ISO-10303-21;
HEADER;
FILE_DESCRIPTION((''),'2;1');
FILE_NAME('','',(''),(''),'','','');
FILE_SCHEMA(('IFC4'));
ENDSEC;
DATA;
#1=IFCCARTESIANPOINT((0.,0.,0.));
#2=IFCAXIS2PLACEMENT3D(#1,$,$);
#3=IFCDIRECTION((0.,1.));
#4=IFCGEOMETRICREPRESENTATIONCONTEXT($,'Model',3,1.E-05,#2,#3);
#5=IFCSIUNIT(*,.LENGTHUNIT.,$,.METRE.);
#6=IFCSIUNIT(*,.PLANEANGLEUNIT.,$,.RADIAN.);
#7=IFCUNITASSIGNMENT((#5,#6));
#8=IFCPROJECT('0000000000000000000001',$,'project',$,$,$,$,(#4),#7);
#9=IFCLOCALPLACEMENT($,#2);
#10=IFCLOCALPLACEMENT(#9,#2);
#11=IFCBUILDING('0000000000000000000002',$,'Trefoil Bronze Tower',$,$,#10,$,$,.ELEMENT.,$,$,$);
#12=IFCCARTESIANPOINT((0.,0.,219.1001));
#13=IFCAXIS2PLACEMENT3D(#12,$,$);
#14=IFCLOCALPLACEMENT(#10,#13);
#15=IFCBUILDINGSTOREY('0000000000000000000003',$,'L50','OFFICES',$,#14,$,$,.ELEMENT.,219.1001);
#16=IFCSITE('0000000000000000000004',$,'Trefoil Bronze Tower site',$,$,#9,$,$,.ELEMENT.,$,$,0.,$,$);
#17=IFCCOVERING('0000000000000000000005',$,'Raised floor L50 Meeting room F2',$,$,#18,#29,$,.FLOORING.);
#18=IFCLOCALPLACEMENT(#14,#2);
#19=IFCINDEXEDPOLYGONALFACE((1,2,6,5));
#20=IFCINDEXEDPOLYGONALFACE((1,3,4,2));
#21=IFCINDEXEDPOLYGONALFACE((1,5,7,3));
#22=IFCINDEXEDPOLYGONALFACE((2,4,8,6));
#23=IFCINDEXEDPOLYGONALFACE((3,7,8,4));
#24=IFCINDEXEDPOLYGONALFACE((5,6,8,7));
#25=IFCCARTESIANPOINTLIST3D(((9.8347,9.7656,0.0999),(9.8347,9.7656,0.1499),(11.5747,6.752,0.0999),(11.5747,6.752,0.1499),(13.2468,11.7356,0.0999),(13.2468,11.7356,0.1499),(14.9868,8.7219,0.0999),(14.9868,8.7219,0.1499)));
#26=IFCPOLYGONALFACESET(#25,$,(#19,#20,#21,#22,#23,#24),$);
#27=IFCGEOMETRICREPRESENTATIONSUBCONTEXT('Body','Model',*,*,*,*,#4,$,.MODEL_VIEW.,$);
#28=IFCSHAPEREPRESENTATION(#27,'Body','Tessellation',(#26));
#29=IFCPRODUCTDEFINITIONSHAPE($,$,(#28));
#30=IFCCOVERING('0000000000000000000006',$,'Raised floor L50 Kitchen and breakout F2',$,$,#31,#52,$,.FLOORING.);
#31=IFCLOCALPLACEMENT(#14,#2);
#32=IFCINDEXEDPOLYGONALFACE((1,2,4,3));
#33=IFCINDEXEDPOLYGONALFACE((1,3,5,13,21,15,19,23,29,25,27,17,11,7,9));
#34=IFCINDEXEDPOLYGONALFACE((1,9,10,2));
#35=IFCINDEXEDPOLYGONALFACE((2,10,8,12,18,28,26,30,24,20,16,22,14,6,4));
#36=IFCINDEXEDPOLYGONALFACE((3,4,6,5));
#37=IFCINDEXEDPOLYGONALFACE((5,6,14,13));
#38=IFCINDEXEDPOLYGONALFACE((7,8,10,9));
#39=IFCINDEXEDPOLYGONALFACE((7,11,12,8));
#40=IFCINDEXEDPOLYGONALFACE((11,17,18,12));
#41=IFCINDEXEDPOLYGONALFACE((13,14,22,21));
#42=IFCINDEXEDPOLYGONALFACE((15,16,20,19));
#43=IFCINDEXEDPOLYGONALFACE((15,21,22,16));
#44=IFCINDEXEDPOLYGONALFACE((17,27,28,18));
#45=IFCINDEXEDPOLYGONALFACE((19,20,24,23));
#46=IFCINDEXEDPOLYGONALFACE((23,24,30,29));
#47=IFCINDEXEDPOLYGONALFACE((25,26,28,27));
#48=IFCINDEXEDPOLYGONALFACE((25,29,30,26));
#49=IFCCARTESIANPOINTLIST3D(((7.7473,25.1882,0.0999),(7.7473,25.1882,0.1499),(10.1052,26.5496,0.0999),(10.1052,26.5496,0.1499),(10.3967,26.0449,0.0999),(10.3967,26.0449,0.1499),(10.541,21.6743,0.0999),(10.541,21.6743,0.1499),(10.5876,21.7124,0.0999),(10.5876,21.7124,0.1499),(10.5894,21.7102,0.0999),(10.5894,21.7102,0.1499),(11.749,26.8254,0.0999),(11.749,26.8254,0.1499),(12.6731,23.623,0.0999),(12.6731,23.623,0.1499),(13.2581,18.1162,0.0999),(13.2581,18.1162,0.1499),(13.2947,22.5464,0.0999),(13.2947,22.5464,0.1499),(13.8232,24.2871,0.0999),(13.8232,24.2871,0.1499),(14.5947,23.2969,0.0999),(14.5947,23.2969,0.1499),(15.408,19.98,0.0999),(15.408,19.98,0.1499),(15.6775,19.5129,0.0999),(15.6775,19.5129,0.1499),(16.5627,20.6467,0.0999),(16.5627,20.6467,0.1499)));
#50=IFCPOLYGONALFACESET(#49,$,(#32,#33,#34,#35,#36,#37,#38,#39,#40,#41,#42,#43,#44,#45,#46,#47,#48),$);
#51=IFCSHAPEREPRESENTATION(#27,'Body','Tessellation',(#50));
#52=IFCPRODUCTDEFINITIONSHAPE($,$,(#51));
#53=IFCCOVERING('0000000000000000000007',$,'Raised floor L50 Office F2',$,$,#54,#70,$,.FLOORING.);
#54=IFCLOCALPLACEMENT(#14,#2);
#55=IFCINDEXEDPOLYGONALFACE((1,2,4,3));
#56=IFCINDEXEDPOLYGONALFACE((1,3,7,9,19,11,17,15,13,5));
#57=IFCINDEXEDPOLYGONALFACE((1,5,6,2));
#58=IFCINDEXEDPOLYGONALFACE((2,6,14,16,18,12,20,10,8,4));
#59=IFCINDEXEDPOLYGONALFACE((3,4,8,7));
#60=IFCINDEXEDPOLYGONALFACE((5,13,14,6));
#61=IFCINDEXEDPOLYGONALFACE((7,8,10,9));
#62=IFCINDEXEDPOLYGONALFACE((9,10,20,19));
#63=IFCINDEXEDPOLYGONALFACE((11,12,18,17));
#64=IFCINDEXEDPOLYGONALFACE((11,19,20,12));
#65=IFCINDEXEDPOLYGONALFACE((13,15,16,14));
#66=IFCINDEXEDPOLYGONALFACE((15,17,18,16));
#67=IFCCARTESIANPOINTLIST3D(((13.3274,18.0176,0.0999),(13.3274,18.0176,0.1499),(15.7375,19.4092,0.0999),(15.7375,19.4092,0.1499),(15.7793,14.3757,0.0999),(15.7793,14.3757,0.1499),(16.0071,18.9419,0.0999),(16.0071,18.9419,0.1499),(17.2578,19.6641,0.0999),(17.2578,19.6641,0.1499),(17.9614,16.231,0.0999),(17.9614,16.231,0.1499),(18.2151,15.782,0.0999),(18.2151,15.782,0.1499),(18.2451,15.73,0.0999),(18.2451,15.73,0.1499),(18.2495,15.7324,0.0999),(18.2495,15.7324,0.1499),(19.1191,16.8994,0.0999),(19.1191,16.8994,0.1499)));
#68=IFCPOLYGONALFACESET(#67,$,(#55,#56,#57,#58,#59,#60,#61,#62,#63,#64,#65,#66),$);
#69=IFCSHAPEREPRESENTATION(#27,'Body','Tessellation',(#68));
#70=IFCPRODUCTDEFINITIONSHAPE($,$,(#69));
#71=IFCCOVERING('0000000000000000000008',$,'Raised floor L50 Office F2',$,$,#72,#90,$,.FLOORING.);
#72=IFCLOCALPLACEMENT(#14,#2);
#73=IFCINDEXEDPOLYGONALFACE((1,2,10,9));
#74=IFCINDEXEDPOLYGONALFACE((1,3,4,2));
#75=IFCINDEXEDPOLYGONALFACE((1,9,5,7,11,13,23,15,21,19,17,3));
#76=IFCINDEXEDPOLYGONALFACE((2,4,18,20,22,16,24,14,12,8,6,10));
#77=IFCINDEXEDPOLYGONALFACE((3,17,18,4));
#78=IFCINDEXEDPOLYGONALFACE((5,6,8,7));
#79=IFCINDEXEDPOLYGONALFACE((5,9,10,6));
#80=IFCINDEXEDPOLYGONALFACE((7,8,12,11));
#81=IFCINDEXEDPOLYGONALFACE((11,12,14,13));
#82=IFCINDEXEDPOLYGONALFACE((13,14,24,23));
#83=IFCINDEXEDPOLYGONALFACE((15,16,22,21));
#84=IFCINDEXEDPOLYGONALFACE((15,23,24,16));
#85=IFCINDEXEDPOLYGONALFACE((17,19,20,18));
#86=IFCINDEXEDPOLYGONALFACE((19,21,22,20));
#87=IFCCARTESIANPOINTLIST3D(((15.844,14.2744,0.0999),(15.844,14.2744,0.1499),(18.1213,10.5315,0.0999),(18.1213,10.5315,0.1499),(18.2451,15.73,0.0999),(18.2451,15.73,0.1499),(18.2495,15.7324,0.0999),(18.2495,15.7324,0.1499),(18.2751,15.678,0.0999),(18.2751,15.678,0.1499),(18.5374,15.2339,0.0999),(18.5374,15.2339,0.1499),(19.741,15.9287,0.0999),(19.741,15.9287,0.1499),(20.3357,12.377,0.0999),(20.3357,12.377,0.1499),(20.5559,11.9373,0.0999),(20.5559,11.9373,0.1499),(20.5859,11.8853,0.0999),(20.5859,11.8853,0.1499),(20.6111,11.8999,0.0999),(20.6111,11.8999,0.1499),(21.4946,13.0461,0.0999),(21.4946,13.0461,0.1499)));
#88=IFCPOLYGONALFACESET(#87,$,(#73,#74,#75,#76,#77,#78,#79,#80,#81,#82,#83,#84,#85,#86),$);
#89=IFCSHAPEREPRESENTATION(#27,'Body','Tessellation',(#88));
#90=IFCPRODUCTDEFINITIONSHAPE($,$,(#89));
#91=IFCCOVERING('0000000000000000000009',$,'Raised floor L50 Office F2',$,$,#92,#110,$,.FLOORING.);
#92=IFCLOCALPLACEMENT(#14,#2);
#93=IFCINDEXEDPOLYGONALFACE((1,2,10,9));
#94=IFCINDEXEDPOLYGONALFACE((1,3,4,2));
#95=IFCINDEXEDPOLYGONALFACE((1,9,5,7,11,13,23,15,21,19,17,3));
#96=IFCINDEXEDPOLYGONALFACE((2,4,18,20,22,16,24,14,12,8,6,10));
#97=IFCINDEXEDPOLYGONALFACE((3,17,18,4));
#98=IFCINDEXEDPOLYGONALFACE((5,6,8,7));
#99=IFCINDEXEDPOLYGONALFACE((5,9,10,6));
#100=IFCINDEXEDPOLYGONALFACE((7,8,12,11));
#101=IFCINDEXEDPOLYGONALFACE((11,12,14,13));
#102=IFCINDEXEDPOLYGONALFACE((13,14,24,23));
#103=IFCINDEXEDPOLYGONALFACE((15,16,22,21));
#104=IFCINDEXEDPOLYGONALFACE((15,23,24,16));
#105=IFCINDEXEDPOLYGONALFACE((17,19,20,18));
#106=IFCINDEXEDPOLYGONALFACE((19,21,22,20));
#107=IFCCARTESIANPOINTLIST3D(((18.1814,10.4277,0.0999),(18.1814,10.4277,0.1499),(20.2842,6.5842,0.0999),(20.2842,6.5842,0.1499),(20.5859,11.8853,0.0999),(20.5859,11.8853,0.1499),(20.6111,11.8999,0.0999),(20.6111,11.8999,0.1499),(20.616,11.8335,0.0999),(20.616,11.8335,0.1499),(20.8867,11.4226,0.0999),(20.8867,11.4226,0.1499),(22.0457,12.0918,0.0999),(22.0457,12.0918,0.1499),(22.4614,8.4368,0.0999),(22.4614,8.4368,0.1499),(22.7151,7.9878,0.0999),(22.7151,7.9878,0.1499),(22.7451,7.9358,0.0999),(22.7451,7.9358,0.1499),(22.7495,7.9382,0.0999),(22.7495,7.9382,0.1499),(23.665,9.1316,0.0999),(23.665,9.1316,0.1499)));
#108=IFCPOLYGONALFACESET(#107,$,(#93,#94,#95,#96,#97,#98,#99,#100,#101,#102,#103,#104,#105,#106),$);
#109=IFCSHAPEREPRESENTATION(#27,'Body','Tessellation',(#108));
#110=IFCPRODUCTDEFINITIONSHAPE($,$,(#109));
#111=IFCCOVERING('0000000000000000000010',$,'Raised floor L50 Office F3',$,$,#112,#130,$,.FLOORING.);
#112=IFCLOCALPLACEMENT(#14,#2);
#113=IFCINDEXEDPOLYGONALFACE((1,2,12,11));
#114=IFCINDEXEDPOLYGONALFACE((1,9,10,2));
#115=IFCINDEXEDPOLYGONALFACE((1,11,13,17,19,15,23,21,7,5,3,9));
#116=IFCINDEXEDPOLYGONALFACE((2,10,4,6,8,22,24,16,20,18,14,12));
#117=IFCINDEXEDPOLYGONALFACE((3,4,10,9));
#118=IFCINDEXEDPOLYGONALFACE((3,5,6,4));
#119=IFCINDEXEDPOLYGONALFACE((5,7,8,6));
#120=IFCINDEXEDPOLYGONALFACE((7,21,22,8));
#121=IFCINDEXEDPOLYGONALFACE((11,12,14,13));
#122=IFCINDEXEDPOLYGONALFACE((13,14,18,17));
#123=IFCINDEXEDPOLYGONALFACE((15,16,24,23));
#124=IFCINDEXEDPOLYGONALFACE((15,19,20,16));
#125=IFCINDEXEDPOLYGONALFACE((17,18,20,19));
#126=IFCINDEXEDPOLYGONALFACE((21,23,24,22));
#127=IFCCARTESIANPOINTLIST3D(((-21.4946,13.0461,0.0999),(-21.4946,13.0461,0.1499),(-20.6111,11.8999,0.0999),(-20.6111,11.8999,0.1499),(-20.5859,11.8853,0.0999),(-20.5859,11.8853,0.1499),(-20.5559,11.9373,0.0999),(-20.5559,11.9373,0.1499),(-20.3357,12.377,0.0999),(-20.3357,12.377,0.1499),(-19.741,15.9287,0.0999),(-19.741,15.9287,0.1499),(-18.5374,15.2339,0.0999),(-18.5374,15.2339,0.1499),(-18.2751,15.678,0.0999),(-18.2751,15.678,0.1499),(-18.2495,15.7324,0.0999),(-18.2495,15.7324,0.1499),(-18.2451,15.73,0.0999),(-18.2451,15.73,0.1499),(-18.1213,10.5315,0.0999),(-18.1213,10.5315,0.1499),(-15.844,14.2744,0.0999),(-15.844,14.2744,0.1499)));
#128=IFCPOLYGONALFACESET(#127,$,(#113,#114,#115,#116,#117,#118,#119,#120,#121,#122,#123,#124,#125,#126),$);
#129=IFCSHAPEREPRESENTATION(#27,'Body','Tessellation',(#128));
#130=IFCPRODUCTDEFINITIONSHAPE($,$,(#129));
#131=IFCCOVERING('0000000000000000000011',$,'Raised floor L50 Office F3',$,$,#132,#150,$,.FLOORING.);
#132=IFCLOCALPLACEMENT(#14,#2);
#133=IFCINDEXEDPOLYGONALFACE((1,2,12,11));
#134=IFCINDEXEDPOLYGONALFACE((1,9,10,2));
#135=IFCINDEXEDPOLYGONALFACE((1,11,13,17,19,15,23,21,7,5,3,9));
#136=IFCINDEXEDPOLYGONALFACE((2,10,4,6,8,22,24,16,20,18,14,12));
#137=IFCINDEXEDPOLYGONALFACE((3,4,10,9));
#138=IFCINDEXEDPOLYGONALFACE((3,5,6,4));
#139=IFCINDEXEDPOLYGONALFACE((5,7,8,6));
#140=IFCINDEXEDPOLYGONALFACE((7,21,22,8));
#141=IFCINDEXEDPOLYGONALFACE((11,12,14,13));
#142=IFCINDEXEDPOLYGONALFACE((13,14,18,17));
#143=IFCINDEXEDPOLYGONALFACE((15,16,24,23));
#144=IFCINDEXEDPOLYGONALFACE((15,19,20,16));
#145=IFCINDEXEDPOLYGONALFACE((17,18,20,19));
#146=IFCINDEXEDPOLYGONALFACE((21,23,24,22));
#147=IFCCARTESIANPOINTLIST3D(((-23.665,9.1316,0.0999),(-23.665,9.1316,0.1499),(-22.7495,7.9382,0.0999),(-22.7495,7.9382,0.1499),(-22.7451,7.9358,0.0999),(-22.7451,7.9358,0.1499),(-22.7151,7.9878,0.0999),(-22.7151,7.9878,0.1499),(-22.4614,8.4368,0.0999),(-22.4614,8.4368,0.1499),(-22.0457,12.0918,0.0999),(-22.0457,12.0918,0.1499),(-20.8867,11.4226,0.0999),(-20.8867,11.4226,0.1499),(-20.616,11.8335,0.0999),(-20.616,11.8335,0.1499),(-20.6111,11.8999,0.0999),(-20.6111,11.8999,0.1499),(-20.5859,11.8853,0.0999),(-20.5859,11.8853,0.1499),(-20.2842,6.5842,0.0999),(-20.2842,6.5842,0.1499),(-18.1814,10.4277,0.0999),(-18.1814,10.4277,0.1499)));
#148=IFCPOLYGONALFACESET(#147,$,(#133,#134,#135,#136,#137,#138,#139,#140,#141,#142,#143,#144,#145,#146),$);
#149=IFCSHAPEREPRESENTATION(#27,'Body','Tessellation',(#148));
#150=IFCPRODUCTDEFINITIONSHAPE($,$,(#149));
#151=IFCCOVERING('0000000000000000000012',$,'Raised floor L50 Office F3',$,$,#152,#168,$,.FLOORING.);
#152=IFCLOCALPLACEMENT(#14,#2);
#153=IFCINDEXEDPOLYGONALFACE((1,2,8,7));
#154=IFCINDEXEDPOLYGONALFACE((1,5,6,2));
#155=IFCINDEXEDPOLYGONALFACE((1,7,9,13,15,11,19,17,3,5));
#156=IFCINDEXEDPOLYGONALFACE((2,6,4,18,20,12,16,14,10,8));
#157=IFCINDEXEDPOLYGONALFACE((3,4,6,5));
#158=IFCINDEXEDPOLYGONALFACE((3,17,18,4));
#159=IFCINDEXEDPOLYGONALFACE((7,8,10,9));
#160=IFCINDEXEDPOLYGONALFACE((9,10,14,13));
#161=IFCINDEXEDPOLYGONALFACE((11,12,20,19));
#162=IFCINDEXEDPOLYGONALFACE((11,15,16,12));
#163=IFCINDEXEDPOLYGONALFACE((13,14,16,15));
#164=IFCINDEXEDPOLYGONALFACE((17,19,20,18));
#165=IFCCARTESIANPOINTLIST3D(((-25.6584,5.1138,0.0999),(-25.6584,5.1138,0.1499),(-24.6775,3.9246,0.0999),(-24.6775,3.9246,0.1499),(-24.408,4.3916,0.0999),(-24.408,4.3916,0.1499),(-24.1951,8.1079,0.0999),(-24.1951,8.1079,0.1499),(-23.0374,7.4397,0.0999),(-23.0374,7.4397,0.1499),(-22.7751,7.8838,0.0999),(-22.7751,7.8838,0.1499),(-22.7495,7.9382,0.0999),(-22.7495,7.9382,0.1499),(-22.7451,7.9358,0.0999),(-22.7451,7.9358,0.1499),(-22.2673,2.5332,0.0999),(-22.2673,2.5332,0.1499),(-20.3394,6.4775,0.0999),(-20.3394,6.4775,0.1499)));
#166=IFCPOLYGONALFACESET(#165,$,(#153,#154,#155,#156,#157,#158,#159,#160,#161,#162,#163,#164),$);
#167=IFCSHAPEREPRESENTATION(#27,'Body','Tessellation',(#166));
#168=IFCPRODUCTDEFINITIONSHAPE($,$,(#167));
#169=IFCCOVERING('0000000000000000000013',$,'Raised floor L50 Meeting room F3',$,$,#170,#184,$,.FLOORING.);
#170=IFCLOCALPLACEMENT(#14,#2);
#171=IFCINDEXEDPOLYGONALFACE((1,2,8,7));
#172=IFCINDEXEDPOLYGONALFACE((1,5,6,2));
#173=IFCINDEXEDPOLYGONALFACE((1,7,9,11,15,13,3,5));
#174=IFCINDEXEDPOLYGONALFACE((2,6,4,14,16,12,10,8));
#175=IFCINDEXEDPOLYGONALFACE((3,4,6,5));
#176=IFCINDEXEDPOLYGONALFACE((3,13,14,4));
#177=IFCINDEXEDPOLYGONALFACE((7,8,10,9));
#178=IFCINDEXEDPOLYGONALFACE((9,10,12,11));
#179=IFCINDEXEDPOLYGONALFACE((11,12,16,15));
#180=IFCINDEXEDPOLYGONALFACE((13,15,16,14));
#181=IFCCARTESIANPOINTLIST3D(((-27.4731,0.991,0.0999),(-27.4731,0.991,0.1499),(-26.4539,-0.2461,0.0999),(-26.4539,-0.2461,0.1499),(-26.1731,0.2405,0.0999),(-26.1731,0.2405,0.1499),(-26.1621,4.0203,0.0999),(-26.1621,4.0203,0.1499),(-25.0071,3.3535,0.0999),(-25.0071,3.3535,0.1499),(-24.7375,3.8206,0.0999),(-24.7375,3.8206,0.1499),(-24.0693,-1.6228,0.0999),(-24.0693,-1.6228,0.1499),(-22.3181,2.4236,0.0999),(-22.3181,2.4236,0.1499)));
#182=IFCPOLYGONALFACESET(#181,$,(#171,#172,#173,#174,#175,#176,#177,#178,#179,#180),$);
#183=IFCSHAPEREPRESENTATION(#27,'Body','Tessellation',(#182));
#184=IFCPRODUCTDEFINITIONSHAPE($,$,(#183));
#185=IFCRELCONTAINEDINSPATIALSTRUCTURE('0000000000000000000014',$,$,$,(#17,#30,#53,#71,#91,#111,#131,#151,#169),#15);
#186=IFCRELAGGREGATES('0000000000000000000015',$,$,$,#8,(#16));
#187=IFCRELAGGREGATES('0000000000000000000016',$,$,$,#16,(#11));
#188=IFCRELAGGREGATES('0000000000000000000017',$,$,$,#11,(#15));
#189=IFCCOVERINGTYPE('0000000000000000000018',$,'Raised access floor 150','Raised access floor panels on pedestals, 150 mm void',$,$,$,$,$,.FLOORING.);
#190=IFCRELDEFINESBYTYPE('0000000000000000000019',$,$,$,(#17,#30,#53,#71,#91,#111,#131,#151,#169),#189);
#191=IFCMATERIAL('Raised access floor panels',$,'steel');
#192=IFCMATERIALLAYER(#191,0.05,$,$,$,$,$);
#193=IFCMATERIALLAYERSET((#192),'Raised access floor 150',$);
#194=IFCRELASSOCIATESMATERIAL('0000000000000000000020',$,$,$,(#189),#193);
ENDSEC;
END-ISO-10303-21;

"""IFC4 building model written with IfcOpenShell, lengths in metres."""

from ifc_helpers import new_model, si_unit, direction, frame, origin, place, context, subcontext, project, spatial, polyline, outline, extrude, material, layer, layer_set, type_object, element, save


model = new_model("IFC4")

# Units and contexts
model_context = context("Model", 3, precision=1e-05, world=origin(), true_north=direction((0.0, 1.0)))
body_context = subcontext(model_context, "Body", "Model", "MODEL_VIEW")
ifc_project = project(units=[si_unit("LENGTHUNIT", "METRE"), si_unit("PLANEANGLEUNIT", "RADIAN")], contexts=[model_context])

# Site, building, storey
site_placement = place(None, origin())
site = spatial("IfcSite", under=ifc_project, at=site_placement, Name="Trefoil Bronze Tower site", CompositionType="ELEMENT", RefElevation=0.0)
building_placement = place(site_placement, origin())
building = spatial("IfcBuilding", under=site, at=building_placement, Name="Trefoil Bronze Tower", CompositionType="ELEMENT")
storey_placement = place(building_placement, frame((0.0, 0.0, 219.1001)))
storey = spatial("IfcBuildingStorey", under=building, at=storey_placement, Name="L50", Description="OFFICES", CompositionType="ELEMENT", Elevation=219.1001)

# Coverings
ifc_material_1 = material(Name="Raised access floor panels", Category="steel")
ifc_layer_1 = layer(ifc_material_1, 0.05)
ifc_layer_set_1 = layer_set([ifc_layer_1], Name="Raised access floor 150")
covering_type_1 = type_object("IfcCoveringType", Name="Raised access floor 150", Description="Raised access floor panels on pedestals, 150 mm void", PredefinedType="FLOORING", material=ifc_layer_set_1)
covering_1_placement = place(storey_placement, frame((0.0, 0.0, 0.0999)))
element("IfcCovering", 1, at=covering_1_placement, inside=storey, type_object=covering_type_1, Name="Raised floor L50 Meeting room F2", PredefinedType="FLOORING", context=body_context, shape_type="SweptSolid", body=[
    extrude(outline(polyline([(9.8347, 9.7656), (13.2468, 11.7356), (14.9868, 8.7219), (11.5747, 6.752), (9.8347, 9.7656)])), origin(), (0.0, 0.0, 1.0), 0.05),
])
covering_2_placement = place(storey_placement, frame((0.0, 0.0, 0.0999)))
element("IfcCovering", 2, at=covering_2_placement, inside=storey, type_object=covering_type_1, Name="Raised floor L50 Kitchen and breakout F2", PredefinedType="FLOORING", context=body_context, shape_type="SweptSolid", body=[
    extrude(outline(polyline([(16.5627, 20.6467), (15.408, 19.98), (15.6775, 19.5129), (13.2581, 18.1162), (10.5894, 21.7102), (10.541, 21.6743), (10.5876, 21.7124), (7.7473, 25.1882), (10.1052, 26.5496), (10.3967, 26.0449), (11.749, 26.8254), (13.8232, 24.2871), (12.6731, 23.623), (13.2947, 22.5464), (14.5947, 23.2969), (16.5627, 20.6467)])), origin(), (0.0, 0.0, 1.0), 0.05),
])
covering_3_placement = place(storey_placement, frame((0.0, 0.0, 0.0999)))
element("IfcCovering", 3, at=covering_3_placement, inside=storey, type_object=covering_type_1, Name="Raised floor L50 Office F2", PredefinedType="FLOORING", context=body_context, shape_type="SweptSolid", body=[
    extrude(outline(polyline([(19.1191, 16.8994), (17.9614, 16.231), (18.2495, 15.7324), (18.2451, 15.73), (18.2151, 15.782), (15.7793, 14.3757), (13.3274, 18.0176), (15.7375, 19.4092), (16.0071, 18.9419), (17.2578, 19.6641), (19.1191, 16.8994)])), origin(), (0.0, 0.0, 1.0), 0.05),
])
covering_4_placement = place(storey_placement, frame((0.0, 0.0, 0.0999)))
element("IfcCovering", 4, at=covering_4_placement, inside=storey, type_object=covering_type_1, Name="Raised floor L50 Office F2", PredefinedType="FLOORING", context=body_context, shape_type="SweptSolid", body=[
    extrude(outline(polyline([(20.5859, 11.8853), (20.5559, 11.9373), (18.1213, 10.5315), (15.844, 14.2744), (18.2751, 15.678), (18.2451, 15.73), (18.2495, 15.7324), (18.5374, 15.2339), (19.741, 15.9287), (21.4946, 13.0461), (20.3357, 12.377), (20.6111, 11.8999), (20.5859, 11.8853)])), origin(), (0.0, 0.0, 1.0), 0.05),
])
covering_5_placement = place(storey_placement, frame((0.0, 0.0, 0.0999)))
element("IfcCovering", 5, at=covering_5_placement, inside=storey, type_object=covering_type_1, Name="Raised floor L50 Office F2", PredefinedType="FLOORING", context=body_context, shape_type="SweptSolid", body=[
    extrude(outline(polyline([(22.7451, 7.9358), (22.7151, 7.9878), (20.2842, 6.5842), (18.1814, 10.4277), (20.616, 11.8335), (20.5859, 11.8853), (20.6111, 11.8999), (20.8867, 11.4226), (22.0457, 12.0918), (23.665, 9.1316), (22.4614, 8.4368), (22.7495, 7.9382), (22.7451, 7.9358)])), origin(), (0.0, 0.0, 1.0), 0.05),
])
covering_6_placement = place(storey_placement, frame((0.0, 0.0, 0.0999)))
element("IfcCovering", 6, at=covering_6_placement, inside=storey, type_object=covering_type_1, Name="Raised floor L50 Office F3", PredefinedType="FLOORING", context=body_context, shape_type="SweptSolid", body=[
    extrude(outline(polyline([(-18.2451, 15.73), (-18.2751, 15.678), (-15.844, 14.2744), (-18.1213, 10.5315), (-20.5559, 11.9373), (-20.5859, 11.8853), (-20.6111, 11.8999), (-20.3357, 12.377), (-21.4946, 13.0461), (-19.741, 15.9287), (-18.5374, 15.2339), (-18.2495, 15.7324), (-18.2451, 15.73)])), origin(), (0.0, 0.0, 1.0), 0.05),
])
covering_7_placement = place(storey_placement, frame((0.0, 0.0, 0.0999)))
element("IfcCovering", 7, at=covering_7_placement, inside=storey, type_object=covering_type_1, Name="Raised floor L50 Office F3", PredefinedType="FLOORING", context=body_context, shape_type="SweptSolid", body=[
    extrude(outline(polyline([(-20.5859, 11.8853), (-20.616, 11.8335), (-18.1814, 10.4277), (-20.2842, 6.5842), (-22.7151, 7.9878), (-22.7451, 7.9358), (-22.7495, 7.9382), (-22.4614, 8.4368), (-23.665, 9.1316), (-22.0457, 12.0918), (-20.8867, 11.4226), (-20.6111, 11.8999), (-20.5859, 11.8853)])), origin(), (0.0, 0.0, 1.0), 0.05),
])
covering_8_placement = place(storey_placement, frame((0.0, 0.0, 0.0999)))
element("IfcCovering", 8, at=covering_8_placement, inside=storey, type_object=covering_type_1, Name="Raised floor L50 Office F3", PredefinedType="FLOORING", context=body_context, shape_type="SweptSolid", body=[
    extrude(outline(polyline([(-22.7451, 7.9358), (-22.7751, 7.8838), (-20.3394, 6.4775), (-22.2673, 2.5332), (-24.6775, 3.9246), (-24.408, 4.3916), (-25.6584, 5.1138), (-24.1951, 8.1079), (-23.0374, 7.4397), (-22.7495, 7.9382), (-22.7451, 7.9358)])), origin(), (0.0, 0.0, 1.0), 0.05),
])
covering_9_placement = place(storey_placement, frame((0.0, 0.0, 0.0999)))
element("IfcCovering", 9, at=covering_9_placement, inside=storey, type_object=covering_type_1, Name="Raised floor L50 Meeting room F3", PredefinedType="FLOORING", context=body_context, shape_type="SweptSolid", body=[
    extrude(outline(polyline([(-22.3181, 2.4236), (-24.0693, -1.6228), (-26.4539, -0.2461), (-26.1731, 0.2405), (-27.4731, 0.991), (-26.1621, 4.0203), (-25.0071, 3.3535), (-24.7375, 3.8206), (-22.3181, 2.4236)])), origin(), (0.0, 0.0, 1.0), 0.05),
])

save(model, "model.ifc")
